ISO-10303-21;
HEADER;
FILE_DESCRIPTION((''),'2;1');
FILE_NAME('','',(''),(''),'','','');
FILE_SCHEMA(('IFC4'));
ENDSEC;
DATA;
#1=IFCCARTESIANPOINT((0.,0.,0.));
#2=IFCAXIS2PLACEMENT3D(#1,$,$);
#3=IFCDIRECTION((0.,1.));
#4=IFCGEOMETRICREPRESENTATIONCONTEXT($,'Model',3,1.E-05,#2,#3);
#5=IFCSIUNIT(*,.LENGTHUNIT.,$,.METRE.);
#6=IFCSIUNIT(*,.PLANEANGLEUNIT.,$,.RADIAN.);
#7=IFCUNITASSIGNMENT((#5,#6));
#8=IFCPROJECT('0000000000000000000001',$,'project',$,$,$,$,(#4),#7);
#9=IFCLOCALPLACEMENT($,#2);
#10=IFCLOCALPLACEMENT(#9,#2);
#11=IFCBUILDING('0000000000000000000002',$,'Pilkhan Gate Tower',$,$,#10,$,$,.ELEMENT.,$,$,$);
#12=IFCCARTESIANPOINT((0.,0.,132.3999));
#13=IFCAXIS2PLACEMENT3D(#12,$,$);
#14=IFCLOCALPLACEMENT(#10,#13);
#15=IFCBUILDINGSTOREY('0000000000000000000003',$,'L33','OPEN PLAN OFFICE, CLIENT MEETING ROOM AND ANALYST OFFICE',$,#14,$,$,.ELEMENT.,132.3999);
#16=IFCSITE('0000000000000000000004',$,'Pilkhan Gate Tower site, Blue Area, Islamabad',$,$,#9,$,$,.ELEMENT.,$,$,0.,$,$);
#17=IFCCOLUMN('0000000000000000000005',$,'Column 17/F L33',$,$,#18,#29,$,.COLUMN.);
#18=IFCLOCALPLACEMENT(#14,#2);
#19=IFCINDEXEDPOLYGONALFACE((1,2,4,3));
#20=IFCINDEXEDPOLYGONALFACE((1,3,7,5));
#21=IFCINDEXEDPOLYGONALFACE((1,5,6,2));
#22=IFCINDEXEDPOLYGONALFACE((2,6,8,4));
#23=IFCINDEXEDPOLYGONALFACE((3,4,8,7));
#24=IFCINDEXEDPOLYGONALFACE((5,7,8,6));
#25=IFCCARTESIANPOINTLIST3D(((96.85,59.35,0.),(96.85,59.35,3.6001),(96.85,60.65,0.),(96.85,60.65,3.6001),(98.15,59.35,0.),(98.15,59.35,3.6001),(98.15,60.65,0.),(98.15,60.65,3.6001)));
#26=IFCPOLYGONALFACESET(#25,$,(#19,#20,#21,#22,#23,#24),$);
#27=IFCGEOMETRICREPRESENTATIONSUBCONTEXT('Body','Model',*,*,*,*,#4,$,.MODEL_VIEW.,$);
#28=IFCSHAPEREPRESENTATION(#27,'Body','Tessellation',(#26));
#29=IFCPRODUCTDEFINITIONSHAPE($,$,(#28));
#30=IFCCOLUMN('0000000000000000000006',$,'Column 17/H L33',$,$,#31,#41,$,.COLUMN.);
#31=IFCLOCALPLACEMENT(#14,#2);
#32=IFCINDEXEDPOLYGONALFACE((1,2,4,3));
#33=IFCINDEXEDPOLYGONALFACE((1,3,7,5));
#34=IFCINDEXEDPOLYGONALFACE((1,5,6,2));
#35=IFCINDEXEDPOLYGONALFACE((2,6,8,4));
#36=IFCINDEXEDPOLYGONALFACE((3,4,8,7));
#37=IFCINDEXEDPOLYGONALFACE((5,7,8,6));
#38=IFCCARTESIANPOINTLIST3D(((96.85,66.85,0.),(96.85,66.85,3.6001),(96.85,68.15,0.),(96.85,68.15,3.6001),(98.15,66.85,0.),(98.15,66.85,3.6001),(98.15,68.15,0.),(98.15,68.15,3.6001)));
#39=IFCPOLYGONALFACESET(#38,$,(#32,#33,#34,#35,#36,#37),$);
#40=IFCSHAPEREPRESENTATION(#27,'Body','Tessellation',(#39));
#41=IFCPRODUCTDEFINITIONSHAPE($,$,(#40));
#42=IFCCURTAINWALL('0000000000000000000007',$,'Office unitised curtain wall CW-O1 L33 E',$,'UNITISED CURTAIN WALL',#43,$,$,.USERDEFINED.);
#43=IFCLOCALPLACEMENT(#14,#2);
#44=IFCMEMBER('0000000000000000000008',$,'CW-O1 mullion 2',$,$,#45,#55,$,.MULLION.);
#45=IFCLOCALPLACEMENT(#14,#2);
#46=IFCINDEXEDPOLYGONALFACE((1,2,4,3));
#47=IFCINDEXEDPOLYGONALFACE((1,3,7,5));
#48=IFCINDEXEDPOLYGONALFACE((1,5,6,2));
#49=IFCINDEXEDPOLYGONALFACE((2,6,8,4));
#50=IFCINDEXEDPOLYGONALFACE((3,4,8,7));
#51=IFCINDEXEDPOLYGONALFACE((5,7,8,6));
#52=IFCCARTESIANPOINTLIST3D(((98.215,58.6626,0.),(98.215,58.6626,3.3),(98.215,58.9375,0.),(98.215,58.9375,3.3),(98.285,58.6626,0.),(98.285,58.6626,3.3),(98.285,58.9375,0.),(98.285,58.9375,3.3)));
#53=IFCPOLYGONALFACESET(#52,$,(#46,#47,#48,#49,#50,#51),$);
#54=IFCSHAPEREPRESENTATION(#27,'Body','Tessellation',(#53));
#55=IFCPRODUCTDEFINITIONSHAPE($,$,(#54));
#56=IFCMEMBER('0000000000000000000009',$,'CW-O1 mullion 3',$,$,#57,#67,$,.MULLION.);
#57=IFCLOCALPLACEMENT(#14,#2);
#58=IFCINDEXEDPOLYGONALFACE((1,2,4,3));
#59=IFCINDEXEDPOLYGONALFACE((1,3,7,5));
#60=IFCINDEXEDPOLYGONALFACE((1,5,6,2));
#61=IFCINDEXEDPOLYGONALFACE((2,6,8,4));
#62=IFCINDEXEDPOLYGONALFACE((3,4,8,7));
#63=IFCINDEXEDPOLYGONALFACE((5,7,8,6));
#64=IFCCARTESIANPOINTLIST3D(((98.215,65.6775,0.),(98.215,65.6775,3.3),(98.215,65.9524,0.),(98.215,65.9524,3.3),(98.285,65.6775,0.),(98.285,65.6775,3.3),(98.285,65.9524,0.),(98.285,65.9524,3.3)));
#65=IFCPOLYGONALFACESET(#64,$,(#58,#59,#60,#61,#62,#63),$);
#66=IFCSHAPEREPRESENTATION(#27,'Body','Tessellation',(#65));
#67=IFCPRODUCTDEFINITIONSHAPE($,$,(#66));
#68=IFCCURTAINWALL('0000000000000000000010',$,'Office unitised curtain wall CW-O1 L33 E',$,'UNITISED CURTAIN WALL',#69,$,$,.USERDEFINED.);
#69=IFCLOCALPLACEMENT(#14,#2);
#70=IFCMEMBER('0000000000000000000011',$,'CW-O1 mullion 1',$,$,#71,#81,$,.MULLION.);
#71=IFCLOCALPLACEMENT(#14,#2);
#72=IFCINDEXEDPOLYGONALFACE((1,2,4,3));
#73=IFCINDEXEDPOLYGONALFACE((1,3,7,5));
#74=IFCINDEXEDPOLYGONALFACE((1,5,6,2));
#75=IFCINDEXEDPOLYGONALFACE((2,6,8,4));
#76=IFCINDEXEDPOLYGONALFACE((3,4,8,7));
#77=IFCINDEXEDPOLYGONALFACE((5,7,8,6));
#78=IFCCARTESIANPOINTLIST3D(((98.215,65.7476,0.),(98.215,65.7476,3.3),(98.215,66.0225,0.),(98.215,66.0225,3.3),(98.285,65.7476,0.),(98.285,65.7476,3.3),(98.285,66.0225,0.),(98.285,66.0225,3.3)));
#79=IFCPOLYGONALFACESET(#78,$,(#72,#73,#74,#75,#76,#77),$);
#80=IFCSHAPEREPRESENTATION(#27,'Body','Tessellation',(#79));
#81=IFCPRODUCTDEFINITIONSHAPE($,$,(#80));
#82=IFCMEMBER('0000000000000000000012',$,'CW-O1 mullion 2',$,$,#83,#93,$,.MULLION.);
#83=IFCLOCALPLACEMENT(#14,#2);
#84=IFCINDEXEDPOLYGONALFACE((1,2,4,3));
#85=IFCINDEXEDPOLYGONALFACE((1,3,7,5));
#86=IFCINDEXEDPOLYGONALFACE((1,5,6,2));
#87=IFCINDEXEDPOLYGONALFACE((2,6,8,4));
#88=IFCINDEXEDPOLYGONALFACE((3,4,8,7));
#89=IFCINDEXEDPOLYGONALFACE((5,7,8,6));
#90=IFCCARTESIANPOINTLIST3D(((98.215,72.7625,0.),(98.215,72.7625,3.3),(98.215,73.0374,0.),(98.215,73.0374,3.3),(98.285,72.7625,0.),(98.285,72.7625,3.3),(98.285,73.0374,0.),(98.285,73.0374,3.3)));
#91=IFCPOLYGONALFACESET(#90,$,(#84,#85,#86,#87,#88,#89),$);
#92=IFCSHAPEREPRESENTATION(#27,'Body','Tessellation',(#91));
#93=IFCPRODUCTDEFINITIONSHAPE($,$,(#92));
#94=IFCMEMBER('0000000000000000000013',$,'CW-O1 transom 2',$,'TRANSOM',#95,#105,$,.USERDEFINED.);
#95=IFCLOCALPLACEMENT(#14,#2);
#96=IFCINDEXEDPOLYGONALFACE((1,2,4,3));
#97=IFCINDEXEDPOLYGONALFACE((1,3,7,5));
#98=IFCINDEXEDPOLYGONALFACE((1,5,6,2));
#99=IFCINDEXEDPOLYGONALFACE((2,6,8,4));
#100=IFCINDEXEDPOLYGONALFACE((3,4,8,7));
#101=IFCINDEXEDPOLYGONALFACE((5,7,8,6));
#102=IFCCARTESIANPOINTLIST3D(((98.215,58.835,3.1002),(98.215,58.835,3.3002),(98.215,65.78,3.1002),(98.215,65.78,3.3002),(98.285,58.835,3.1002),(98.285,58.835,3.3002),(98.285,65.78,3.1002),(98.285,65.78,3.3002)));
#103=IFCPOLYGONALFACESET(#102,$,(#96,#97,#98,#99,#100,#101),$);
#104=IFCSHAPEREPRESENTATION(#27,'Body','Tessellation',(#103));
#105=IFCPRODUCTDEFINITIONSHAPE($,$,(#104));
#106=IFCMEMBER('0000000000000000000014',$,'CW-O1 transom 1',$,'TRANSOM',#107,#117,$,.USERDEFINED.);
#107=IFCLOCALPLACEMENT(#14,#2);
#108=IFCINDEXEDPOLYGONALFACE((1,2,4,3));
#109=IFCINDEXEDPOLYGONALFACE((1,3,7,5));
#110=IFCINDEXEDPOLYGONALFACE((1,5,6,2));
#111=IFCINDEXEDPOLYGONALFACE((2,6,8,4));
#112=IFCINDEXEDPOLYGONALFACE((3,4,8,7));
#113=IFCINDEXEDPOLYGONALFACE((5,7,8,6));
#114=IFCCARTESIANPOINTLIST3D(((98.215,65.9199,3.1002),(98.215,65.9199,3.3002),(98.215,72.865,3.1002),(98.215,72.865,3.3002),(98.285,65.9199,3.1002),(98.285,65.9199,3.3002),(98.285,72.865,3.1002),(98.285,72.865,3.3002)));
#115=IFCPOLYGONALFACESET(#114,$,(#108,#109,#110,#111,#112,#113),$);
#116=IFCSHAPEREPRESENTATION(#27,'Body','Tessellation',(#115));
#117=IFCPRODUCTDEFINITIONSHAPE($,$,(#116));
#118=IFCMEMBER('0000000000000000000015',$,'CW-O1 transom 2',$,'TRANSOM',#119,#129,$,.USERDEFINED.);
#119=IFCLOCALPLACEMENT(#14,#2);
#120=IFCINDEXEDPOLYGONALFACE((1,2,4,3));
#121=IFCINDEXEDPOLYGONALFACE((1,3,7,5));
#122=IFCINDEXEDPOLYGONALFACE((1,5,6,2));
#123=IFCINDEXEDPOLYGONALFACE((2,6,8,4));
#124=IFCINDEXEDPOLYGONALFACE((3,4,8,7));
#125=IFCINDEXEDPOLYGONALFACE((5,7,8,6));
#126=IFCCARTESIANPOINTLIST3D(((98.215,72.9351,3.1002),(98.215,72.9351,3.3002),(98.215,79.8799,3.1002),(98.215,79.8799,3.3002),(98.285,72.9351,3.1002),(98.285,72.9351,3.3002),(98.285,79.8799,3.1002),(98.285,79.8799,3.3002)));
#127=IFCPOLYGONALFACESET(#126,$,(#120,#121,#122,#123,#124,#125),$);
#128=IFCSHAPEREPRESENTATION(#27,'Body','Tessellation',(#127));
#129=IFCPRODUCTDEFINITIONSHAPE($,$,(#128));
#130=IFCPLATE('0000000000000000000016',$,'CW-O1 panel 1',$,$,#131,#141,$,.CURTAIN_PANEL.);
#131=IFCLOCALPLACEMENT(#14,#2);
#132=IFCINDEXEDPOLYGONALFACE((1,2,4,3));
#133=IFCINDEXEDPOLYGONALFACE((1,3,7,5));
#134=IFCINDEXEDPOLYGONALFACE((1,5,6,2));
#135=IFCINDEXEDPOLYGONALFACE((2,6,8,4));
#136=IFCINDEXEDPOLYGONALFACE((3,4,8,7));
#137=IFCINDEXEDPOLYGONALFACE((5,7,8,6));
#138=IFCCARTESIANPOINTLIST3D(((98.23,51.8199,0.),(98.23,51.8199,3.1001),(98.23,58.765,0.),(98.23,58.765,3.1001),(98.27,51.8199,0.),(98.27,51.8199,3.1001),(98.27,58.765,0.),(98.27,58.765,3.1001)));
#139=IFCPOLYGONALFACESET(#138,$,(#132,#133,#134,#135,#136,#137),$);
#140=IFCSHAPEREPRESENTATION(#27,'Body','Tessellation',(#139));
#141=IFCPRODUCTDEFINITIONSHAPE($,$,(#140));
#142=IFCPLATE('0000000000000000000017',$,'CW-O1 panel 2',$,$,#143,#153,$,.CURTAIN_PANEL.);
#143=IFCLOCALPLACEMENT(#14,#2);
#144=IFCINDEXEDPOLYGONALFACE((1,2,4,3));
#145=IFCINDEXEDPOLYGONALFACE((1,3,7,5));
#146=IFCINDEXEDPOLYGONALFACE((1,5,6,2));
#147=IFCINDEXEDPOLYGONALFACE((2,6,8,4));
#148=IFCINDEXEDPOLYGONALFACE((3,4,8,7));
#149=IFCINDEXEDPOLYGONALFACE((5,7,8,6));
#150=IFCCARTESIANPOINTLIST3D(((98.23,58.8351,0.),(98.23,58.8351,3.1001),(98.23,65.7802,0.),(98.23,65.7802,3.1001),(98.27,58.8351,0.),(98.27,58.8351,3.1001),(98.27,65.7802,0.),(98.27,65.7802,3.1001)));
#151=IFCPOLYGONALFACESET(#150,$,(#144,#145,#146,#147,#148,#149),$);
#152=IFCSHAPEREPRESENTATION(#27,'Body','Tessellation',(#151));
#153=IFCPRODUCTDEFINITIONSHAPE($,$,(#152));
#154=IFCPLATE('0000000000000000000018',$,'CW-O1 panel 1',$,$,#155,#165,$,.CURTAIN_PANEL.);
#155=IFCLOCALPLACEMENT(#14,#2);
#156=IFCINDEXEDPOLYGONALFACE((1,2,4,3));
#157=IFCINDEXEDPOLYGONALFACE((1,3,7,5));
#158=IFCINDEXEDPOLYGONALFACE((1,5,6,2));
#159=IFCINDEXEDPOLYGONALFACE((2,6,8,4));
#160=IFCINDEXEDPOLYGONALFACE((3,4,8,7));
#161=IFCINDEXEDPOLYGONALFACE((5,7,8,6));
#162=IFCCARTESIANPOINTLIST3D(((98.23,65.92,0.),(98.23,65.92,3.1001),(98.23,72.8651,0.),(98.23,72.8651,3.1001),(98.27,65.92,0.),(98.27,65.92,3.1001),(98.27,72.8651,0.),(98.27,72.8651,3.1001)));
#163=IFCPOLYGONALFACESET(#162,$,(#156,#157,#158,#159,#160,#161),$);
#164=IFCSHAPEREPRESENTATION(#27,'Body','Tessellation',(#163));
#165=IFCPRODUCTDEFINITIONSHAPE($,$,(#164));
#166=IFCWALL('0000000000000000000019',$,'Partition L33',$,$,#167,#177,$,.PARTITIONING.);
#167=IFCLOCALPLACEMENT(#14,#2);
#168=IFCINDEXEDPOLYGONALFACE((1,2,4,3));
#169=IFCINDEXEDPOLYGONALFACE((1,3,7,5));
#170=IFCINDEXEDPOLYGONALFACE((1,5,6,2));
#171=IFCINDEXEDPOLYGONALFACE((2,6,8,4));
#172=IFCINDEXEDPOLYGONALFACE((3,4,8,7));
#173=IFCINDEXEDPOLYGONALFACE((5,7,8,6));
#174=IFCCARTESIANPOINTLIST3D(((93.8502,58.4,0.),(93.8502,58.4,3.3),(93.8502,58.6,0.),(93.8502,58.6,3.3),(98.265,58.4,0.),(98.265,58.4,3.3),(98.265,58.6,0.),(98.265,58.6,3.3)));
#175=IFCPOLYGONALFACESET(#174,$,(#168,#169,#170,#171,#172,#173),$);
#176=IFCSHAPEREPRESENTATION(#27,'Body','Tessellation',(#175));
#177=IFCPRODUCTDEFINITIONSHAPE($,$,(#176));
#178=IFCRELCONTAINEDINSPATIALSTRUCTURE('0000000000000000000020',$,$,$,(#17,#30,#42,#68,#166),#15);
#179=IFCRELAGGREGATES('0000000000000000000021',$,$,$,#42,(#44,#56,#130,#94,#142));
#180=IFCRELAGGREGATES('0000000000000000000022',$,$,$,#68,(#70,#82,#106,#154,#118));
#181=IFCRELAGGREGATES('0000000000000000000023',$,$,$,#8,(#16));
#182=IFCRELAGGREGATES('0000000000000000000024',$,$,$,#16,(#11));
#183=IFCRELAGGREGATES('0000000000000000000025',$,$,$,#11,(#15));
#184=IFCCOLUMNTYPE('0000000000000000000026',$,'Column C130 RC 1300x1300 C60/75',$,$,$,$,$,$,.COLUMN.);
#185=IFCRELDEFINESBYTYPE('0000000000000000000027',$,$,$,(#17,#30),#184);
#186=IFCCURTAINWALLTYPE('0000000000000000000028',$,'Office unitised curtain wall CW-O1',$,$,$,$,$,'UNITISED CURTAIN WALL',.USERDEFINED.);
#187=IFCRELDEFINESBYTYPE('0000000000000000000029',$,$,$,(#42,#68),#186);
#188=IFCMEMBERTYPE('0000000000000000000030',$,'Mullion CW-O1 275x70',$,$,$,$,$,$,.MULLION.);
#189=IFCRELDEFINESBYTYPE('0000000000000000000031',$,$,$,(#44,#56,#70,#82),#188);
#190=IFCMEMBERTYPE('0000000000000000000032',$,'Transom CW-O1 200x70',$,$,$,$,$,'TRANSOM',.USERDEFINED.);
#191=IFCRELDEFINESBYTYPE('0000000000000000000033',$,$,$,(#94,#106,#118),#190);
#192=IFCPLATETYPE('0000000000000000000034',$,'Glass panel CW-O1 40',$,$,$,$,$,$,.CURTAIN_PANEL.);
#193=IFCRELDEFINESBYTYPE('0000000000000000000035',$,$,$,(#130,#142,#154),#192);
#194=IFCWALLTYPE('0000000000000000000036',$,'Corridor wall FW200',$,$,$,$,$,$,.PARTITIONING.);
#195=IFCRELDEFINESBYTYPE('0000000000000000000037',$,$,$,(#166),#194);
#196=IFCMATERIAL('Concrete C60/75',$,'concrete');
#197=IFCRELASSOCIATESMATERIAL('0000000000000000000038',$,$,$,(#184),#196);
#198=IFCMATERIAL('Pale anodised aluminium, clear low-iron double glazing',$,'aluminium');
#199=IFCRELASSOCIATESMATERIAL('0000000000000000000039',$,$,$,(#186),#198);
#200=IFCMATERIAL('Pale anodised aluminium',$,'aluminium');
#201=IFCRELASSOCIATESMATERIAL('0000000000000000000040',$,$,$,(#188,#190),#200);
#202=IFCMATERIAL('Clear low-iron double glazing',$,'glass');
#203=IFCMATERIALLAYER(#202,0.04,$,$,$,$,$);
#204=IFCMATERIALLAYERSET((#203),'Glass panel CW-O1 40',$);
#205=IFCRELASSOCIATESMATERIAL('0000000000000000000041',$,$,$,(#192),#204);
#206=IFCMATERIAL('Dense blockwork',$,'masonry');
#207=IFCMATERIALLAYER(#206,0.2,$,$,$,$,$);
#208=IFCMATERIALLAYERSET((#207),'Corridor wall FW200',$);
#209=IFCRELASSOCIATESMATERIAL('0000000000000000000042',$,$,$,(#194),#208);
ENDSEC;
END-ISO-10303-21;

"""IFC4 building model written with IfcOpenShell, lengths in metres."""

from ifc_helpers import new_model, si_unit, direction, frame, frame_2d, origin, origin_2d, place, context, subcontext, project, spatial, rectangle, extrude, material, layer, layer_set, material_profile, profile_set, type_object, element, aggregate, save


model = new_model("IFC4")

# Units and contexts
model_context = context("Model", 3, precision=1e-05, world=origin(), true_north=direction((0.0, 1.0)))
body_context = subcontext(model_context, "Body", "Model", "MODEL_VIEW")
ifc_project = project(units=[si_unit("LENGTHUNIT", "METRE"), si_unit("PLANEANGLEUNIT", "RADIAN")], contexts=[model_context])

# Site, building, storey
site_placement = place(None, origin())
site = spatial("IfcSite", under=ifc_project, at=site_placement, Name="Pilkhan Gate Tower site, Blue Area, Islamabad", CompositionType="ELEMENT", RefElevation=0.0)
building_placement = place(site_placement, origin())
building = spatial("IfcBuilding", under=site, at=building_placement, Name="Pilkhan Gate Tower", CompositionType="ELEMENT")
storey_placement = place(building_placement, frame((0.0, 0.0, 132.3999)))
storey = spatial("IfcBuildingStorey", under=building, at=storey_placement, Name="L33", Description="OPEN PLAN OFFICE, CLIENT MEETING ROOM AND ANALYST OFFICE", CompositionType="ELEMENT", Elevation=132.3999)

# Columns
ifc_material_1 = material(Name="Concrete C60/75", Category="concrete")
ifc_material_profile_1 = material_profile(ifc_material_1, rectangle(XDim=1.3, YDim=1.3, at=origin_2d()), Name="RC 1300x1300")
ifc_profile_set_1 = profile_set([ifc_material_profile_1], Name="Concrete C60/75")
column_type = type_object("IfcColumnType", Name="Column C130 RC 1300x1300 C60/75", PredefinedType="COLUMN", material=ifc_profile_set_1)
for number, where, z_axis, x_axis, name in (
    (1, (97.5, 60.0, 0.0), (0.0, 0.0, 1.0), (1.0, 0.0, 0.0), "Column 17/F L33"),
    (2, (97.5, 67.5, 0.0), (0.0, 0.0, 1.0), (1.0, 0.0, 0.0), "Column 17/H L33"),
):
    element("IfcColumn", number, at=place(storey_placement, frame(where, z_axis=z_axis, x_axis=x_axis)), inside=storey, type_object=column_type, Name=name, PredefinedType="COLUMN", context=body_context, shape_type="SweptSolid", body=[
        extrude(rectangle(XDim=1.3, YDim=1.3, at=origin_2d()), origin(), (0.0, 0.0, 1.0), 3.6001),
    ])

# Curtain walls, members
ifc_material_2 = material(Name="Pale anodised aluminium, clear low-iron double glazing", Category="aluminium")
curtain_wall_type = type_object("IfcCurtainWallType", Name="Office unitised curtain wall CW-O1", ElementType="UNITISED CURTAIN WALL", PredefinedType="USERDEFINED", material=ifc_material_2)
curtain_wall_1_placement = place(storey_placement, origin())
curtain_wall_1 = element("IfcCurtainWall", 3, at=curtain_wall_1_placement, inside=storey, type_object=curtain_wall_type, Name="Office unitised curtain wall CW-O1 L33 E", ObjectType="UNITISED CURTAIN WALL", PredefinedType="USERDEFINED")
ifc_material_3 = material(Name="Pale anodised aluminium", Category="aluminium")
ifc_material_profile_2 = material_profile(ifc_material_3, rectangle(XDim=0.0701, YDim=0.2749, at=origin_2d()), Name="Mullion 275x70")
ifc_profile_set_2 = profile_set([ifc_material_profile_2], Name="Pale anodised aluminium")
member_type_1 = type_object("IfcMemberType", Name="Mullion CW-O1 275x70", PredefinedType="MULLION", material=ifc_profile_set_2)
member_1_placement = place(storey_placement, frame((98.25, 58.8, 0.0), z_axis=(0.0, 0.0, 1.0), x_axis=(-1.0, 0.0, 0.0)))
member_1 = element("IfcMember", 4, at=member_1_placement, type_object=member_type_1, Name="CW-O1 mullion 2", PredefinedType="MULLION", context=body_context, shape_type="SweptSolid", body=[
    extrude(rectangle(XDim=0.0701, YDim=0.2749, at=origin_2d()), origin(), (0.0, 0.0, 1.0), 3.3),
])
member_2_placement = place(storey_placement, frame((98.25, 65.8149, 0.0), z_axis=(0.0, 0.0, 1.0), x_axis=(-1.0, 0.0, 0.0)))
member_2 = element("IfcMember", 5, at=member_2_placement, type_object=member_type_1, Name="CW-O1 mullion 3", PredefinedType="MULLION", context=body_context, shape_type="SweptSolid", body=[
    extrude(rectangle(XDim=0.0701, YDim=0.2749, at=origin_2d()), origin(), (0.0, 0.0, 1.0), 3.3),
])
curtain_wall_2_placement = place(storey_placement, origin())
curtain_wall_2 = element("IfcCurtainWall", 6, at=curtain_wall_2_placement, inside=storey, type_object=curtain_wall_type, Name="Office unitised curtain wall CW-O1 L33 E", ObjectType="UNITISED CURTAIN WALL", PredefinedType="USERDEFINED")
member_3_placement = place(storey_placement, frame((98.25, 65.885, 0.0), z_axis=(0.0, 0.0, 1.0), x_axis=(-1.0, 0.0, 0.0)))
member_3 = element("IfcMember", 7, at=member_3_placement, type_object=member_type_1, Name="CW-O1 mullion 1", PredefinedType="MULLION", context=body_context, shape_type="SweptSolid", body=[
    extrude(rectangle(XDim=0.0701, YDim=0.2749, at=origin_2d()), origin(), (0.0, 0.0, 1.0), 3.3),
])
member_4_placement = place(storey_placement, frame((98.25, 72.8999, 0.0), z_axis=(0.0, 0.0, 1.0), x_axis=(-1.0, 0.0, 0.0)))
member_4 = element("IfcMember", 8, at=member_4_placement, type_object=member_type_1, Name="CW-O1 mullion 2", PredefinedType="MULLION", context=body_context, shape_type="SweptSolid", body=[
    extrude(rectangle(XDim=0.0701, YDim=0.2749, at=origin_2d()), origin(), (0.0, 0.0, 1.0), 3.3),
])

# Members
ifc_material_profile_3 = material_profile(ifc_material_3, rectangle(XDim=0.0701, YDim=0.2, at=origin_2d()), Name="Transom 200x70")
ifc_profile_set_3 = profile_set([ifc_material_profile_3], Name="Pale anodised aluminium")
member_type_2 = type_object("IfcMemberType", Name="Transom CW-O1 200x70", ElementType="TRANSOM", PredefinedType="USERDEFINED", material=ifc_profile_set_3)
member_5_placement = place(storey_placement, frame((98.25, 58.835, 3.2002), z_axis=(0.0, 1.0, 0.0), x_axis=(-1.0, 0.0, 0.0)))
member_5 = element("IfcMember", 9, at=member_5_placement, type_object=member_type_2, Name="CW-O1 transom 2", ObjectType="TRANSOM", PredefinedType="USERDEFINED", context=body_context, shape_type="SweptSolid", body=[
    extrude(rectangle(XDim=0.0701, YDim=0.2, at=origin_2d()), origin(), (0.0, 0.0, 1.0), 6.9451),
])
member_6_placement = place(storey_placement, frame((98.25, 65.9199, 3.2002), z_axis=(0.0, 1.0, 0.0), x_axis=(-1.0, 0.0, 0.0)))
member_6 = element("IfcMember", 10, at=member_6_placement, type_object=member_type_2, Name="CW-O1 transom 1", ObjectType="TRANSOM", PredefinedType="USERDEFINED", context=body_context, shape_type="SweptSolid", body=[
    extrude(rectangle(XDim=0.0701, YDim=0.2, at=origin_2d()), origin(), (0.0, 0.0, 1.0), 6.9451),
])
member_7_placement = place(storey_placement, frame((98.25, 72.9351, 3.2002), z_axis=(0.0, 1.0, 0.0), x_axis=(-1.0, 0.0, 0.0)))
member_7 = element("IfcMember", 11, at=member_7_placement, type_object=member_type_2, Name="CW-O1 transom 2", ObjectType="TRANSOM", PredefinedType="USERDEFINED", context=body_context, shape_type="SweptSolid", body=[
    extrude(rectangle(XDim=0.0701, YDim=0.2, at=origin_2d()), origin(), (0.0, 0.0, 1.0), 6.9448),
])

# Plates
ifc_material_4 = material(Name="Clear low-iron double glazing", Category="glass")
ifc_layer_1 = layer(ifc_material_4, 0.04)
ifc_layer_set_1 = layer_set([ifc_layer_1], Name="Glass panel CW-O1 40")
plate_type = type_object("IfcPlateType", Name="Glass panel CW-O1 40", PredefinedType="CURTAIN_PANEL", material=ifc_layer_set_1)
plate_1_placement = place(storey_placement, frame((98.25, 55.2925, 0.0), z_axis=(0.0, 0.0, 1.0), x_axis=(0.0, 1.0, 0.0)))
plate_1 = element("IfcPlate", 12, at=plate_1_placement, type_object=plate_type, Name="CW-O1 panel 1", PredefinedType="CURTAIN_PANEL", context=body_context, shape_type="SweptSolid", body=[
    extrude(rectangle(XDim=6.9451, YDim=0.04, at=origin_2d()), origin(), (0.0, 0.0, 1.0), 3.1001),
])
plate_2_placement = place(storey_placement, frame((98.25, 62.3076, 0.0), z_axis=(0.0, 0.0, 1.0), x_axis=(0.0, 1.0, 0.0)))
plate_2 = element("IfcPlate", 13, at=plate_2_placement, type_object=plate_type, Name="CW-O1 panel 2", PredefinedType="CURTAIN_PANEL", context=body_context, shape_type="SweptSolid", body=[
    extrude(rectangle(XDim=6.9451, YDim=0.04, at=origin_2d()), origin(), (0.0, 0.0, 1.0), 3.1001),
])
aggregate(curtain_wall_1, [member_1, member_2, plate_1, member_5, plate_2])
plate_3_placement = place(storey_placement, frame((98.25, 69.3926, 0.0), z_axis=(0.0, 0.0, 1.0), x_axis=(0.0, 1.0, 0.0)))
plate_3 = element("IfcPlate", 14, at=plate_3_placement, type_object=plate_type, Name="CW-O1 panel 1", PredefinedType="CURTAIN_PANEL", context=body_context, shape_type="SweptSolid", body=[
    extrude(rectangle(XDim=6.9451, YDim=0.04, at=origin_2d()), origin(), (0.0, 0.0, 1.0), 3.1001),
])
aggregate(curtain_wall_2, [member_3, member_4, member_6, plate_3, member_7])

# Wall
ifc_material_5 = material(Name="Dense blockwork", Category="masonry")
ifc_layer_2 = layer(ifc_material_5, 0.2)
ifc_layer_set_2 = layer_set([ifc_layer_2], Name="Corridor wall FW200")
wall_type_1 = type_object("IfcWallType", Name="Corridor wall FW200", PredefinedType="PARTITIONING", material=ifc_layer_set_2)
wall_1_placement = place(storey_placement, frame((93.8501, 58.5, 0.0), z_axis=(0.0, 0.0, 1.0), x_axis=(1.0, 0.0, 0.0)))
element("IfcWall", 15, at=wall_1_placement, inside=storey, type_object=wall_type_1, Name="Partition L33", PredefinedType="PARTITIONING", context=body_context, shape_type="SweptSolid", body=[
    extrude(rectangle(XDim=4.4148, YDim=0.2, at=frame_2d((2.2075, 0.0))), origin(), (0.0, 0.0, 1.0), 3.3),
])

save(model, "model.ifc")
